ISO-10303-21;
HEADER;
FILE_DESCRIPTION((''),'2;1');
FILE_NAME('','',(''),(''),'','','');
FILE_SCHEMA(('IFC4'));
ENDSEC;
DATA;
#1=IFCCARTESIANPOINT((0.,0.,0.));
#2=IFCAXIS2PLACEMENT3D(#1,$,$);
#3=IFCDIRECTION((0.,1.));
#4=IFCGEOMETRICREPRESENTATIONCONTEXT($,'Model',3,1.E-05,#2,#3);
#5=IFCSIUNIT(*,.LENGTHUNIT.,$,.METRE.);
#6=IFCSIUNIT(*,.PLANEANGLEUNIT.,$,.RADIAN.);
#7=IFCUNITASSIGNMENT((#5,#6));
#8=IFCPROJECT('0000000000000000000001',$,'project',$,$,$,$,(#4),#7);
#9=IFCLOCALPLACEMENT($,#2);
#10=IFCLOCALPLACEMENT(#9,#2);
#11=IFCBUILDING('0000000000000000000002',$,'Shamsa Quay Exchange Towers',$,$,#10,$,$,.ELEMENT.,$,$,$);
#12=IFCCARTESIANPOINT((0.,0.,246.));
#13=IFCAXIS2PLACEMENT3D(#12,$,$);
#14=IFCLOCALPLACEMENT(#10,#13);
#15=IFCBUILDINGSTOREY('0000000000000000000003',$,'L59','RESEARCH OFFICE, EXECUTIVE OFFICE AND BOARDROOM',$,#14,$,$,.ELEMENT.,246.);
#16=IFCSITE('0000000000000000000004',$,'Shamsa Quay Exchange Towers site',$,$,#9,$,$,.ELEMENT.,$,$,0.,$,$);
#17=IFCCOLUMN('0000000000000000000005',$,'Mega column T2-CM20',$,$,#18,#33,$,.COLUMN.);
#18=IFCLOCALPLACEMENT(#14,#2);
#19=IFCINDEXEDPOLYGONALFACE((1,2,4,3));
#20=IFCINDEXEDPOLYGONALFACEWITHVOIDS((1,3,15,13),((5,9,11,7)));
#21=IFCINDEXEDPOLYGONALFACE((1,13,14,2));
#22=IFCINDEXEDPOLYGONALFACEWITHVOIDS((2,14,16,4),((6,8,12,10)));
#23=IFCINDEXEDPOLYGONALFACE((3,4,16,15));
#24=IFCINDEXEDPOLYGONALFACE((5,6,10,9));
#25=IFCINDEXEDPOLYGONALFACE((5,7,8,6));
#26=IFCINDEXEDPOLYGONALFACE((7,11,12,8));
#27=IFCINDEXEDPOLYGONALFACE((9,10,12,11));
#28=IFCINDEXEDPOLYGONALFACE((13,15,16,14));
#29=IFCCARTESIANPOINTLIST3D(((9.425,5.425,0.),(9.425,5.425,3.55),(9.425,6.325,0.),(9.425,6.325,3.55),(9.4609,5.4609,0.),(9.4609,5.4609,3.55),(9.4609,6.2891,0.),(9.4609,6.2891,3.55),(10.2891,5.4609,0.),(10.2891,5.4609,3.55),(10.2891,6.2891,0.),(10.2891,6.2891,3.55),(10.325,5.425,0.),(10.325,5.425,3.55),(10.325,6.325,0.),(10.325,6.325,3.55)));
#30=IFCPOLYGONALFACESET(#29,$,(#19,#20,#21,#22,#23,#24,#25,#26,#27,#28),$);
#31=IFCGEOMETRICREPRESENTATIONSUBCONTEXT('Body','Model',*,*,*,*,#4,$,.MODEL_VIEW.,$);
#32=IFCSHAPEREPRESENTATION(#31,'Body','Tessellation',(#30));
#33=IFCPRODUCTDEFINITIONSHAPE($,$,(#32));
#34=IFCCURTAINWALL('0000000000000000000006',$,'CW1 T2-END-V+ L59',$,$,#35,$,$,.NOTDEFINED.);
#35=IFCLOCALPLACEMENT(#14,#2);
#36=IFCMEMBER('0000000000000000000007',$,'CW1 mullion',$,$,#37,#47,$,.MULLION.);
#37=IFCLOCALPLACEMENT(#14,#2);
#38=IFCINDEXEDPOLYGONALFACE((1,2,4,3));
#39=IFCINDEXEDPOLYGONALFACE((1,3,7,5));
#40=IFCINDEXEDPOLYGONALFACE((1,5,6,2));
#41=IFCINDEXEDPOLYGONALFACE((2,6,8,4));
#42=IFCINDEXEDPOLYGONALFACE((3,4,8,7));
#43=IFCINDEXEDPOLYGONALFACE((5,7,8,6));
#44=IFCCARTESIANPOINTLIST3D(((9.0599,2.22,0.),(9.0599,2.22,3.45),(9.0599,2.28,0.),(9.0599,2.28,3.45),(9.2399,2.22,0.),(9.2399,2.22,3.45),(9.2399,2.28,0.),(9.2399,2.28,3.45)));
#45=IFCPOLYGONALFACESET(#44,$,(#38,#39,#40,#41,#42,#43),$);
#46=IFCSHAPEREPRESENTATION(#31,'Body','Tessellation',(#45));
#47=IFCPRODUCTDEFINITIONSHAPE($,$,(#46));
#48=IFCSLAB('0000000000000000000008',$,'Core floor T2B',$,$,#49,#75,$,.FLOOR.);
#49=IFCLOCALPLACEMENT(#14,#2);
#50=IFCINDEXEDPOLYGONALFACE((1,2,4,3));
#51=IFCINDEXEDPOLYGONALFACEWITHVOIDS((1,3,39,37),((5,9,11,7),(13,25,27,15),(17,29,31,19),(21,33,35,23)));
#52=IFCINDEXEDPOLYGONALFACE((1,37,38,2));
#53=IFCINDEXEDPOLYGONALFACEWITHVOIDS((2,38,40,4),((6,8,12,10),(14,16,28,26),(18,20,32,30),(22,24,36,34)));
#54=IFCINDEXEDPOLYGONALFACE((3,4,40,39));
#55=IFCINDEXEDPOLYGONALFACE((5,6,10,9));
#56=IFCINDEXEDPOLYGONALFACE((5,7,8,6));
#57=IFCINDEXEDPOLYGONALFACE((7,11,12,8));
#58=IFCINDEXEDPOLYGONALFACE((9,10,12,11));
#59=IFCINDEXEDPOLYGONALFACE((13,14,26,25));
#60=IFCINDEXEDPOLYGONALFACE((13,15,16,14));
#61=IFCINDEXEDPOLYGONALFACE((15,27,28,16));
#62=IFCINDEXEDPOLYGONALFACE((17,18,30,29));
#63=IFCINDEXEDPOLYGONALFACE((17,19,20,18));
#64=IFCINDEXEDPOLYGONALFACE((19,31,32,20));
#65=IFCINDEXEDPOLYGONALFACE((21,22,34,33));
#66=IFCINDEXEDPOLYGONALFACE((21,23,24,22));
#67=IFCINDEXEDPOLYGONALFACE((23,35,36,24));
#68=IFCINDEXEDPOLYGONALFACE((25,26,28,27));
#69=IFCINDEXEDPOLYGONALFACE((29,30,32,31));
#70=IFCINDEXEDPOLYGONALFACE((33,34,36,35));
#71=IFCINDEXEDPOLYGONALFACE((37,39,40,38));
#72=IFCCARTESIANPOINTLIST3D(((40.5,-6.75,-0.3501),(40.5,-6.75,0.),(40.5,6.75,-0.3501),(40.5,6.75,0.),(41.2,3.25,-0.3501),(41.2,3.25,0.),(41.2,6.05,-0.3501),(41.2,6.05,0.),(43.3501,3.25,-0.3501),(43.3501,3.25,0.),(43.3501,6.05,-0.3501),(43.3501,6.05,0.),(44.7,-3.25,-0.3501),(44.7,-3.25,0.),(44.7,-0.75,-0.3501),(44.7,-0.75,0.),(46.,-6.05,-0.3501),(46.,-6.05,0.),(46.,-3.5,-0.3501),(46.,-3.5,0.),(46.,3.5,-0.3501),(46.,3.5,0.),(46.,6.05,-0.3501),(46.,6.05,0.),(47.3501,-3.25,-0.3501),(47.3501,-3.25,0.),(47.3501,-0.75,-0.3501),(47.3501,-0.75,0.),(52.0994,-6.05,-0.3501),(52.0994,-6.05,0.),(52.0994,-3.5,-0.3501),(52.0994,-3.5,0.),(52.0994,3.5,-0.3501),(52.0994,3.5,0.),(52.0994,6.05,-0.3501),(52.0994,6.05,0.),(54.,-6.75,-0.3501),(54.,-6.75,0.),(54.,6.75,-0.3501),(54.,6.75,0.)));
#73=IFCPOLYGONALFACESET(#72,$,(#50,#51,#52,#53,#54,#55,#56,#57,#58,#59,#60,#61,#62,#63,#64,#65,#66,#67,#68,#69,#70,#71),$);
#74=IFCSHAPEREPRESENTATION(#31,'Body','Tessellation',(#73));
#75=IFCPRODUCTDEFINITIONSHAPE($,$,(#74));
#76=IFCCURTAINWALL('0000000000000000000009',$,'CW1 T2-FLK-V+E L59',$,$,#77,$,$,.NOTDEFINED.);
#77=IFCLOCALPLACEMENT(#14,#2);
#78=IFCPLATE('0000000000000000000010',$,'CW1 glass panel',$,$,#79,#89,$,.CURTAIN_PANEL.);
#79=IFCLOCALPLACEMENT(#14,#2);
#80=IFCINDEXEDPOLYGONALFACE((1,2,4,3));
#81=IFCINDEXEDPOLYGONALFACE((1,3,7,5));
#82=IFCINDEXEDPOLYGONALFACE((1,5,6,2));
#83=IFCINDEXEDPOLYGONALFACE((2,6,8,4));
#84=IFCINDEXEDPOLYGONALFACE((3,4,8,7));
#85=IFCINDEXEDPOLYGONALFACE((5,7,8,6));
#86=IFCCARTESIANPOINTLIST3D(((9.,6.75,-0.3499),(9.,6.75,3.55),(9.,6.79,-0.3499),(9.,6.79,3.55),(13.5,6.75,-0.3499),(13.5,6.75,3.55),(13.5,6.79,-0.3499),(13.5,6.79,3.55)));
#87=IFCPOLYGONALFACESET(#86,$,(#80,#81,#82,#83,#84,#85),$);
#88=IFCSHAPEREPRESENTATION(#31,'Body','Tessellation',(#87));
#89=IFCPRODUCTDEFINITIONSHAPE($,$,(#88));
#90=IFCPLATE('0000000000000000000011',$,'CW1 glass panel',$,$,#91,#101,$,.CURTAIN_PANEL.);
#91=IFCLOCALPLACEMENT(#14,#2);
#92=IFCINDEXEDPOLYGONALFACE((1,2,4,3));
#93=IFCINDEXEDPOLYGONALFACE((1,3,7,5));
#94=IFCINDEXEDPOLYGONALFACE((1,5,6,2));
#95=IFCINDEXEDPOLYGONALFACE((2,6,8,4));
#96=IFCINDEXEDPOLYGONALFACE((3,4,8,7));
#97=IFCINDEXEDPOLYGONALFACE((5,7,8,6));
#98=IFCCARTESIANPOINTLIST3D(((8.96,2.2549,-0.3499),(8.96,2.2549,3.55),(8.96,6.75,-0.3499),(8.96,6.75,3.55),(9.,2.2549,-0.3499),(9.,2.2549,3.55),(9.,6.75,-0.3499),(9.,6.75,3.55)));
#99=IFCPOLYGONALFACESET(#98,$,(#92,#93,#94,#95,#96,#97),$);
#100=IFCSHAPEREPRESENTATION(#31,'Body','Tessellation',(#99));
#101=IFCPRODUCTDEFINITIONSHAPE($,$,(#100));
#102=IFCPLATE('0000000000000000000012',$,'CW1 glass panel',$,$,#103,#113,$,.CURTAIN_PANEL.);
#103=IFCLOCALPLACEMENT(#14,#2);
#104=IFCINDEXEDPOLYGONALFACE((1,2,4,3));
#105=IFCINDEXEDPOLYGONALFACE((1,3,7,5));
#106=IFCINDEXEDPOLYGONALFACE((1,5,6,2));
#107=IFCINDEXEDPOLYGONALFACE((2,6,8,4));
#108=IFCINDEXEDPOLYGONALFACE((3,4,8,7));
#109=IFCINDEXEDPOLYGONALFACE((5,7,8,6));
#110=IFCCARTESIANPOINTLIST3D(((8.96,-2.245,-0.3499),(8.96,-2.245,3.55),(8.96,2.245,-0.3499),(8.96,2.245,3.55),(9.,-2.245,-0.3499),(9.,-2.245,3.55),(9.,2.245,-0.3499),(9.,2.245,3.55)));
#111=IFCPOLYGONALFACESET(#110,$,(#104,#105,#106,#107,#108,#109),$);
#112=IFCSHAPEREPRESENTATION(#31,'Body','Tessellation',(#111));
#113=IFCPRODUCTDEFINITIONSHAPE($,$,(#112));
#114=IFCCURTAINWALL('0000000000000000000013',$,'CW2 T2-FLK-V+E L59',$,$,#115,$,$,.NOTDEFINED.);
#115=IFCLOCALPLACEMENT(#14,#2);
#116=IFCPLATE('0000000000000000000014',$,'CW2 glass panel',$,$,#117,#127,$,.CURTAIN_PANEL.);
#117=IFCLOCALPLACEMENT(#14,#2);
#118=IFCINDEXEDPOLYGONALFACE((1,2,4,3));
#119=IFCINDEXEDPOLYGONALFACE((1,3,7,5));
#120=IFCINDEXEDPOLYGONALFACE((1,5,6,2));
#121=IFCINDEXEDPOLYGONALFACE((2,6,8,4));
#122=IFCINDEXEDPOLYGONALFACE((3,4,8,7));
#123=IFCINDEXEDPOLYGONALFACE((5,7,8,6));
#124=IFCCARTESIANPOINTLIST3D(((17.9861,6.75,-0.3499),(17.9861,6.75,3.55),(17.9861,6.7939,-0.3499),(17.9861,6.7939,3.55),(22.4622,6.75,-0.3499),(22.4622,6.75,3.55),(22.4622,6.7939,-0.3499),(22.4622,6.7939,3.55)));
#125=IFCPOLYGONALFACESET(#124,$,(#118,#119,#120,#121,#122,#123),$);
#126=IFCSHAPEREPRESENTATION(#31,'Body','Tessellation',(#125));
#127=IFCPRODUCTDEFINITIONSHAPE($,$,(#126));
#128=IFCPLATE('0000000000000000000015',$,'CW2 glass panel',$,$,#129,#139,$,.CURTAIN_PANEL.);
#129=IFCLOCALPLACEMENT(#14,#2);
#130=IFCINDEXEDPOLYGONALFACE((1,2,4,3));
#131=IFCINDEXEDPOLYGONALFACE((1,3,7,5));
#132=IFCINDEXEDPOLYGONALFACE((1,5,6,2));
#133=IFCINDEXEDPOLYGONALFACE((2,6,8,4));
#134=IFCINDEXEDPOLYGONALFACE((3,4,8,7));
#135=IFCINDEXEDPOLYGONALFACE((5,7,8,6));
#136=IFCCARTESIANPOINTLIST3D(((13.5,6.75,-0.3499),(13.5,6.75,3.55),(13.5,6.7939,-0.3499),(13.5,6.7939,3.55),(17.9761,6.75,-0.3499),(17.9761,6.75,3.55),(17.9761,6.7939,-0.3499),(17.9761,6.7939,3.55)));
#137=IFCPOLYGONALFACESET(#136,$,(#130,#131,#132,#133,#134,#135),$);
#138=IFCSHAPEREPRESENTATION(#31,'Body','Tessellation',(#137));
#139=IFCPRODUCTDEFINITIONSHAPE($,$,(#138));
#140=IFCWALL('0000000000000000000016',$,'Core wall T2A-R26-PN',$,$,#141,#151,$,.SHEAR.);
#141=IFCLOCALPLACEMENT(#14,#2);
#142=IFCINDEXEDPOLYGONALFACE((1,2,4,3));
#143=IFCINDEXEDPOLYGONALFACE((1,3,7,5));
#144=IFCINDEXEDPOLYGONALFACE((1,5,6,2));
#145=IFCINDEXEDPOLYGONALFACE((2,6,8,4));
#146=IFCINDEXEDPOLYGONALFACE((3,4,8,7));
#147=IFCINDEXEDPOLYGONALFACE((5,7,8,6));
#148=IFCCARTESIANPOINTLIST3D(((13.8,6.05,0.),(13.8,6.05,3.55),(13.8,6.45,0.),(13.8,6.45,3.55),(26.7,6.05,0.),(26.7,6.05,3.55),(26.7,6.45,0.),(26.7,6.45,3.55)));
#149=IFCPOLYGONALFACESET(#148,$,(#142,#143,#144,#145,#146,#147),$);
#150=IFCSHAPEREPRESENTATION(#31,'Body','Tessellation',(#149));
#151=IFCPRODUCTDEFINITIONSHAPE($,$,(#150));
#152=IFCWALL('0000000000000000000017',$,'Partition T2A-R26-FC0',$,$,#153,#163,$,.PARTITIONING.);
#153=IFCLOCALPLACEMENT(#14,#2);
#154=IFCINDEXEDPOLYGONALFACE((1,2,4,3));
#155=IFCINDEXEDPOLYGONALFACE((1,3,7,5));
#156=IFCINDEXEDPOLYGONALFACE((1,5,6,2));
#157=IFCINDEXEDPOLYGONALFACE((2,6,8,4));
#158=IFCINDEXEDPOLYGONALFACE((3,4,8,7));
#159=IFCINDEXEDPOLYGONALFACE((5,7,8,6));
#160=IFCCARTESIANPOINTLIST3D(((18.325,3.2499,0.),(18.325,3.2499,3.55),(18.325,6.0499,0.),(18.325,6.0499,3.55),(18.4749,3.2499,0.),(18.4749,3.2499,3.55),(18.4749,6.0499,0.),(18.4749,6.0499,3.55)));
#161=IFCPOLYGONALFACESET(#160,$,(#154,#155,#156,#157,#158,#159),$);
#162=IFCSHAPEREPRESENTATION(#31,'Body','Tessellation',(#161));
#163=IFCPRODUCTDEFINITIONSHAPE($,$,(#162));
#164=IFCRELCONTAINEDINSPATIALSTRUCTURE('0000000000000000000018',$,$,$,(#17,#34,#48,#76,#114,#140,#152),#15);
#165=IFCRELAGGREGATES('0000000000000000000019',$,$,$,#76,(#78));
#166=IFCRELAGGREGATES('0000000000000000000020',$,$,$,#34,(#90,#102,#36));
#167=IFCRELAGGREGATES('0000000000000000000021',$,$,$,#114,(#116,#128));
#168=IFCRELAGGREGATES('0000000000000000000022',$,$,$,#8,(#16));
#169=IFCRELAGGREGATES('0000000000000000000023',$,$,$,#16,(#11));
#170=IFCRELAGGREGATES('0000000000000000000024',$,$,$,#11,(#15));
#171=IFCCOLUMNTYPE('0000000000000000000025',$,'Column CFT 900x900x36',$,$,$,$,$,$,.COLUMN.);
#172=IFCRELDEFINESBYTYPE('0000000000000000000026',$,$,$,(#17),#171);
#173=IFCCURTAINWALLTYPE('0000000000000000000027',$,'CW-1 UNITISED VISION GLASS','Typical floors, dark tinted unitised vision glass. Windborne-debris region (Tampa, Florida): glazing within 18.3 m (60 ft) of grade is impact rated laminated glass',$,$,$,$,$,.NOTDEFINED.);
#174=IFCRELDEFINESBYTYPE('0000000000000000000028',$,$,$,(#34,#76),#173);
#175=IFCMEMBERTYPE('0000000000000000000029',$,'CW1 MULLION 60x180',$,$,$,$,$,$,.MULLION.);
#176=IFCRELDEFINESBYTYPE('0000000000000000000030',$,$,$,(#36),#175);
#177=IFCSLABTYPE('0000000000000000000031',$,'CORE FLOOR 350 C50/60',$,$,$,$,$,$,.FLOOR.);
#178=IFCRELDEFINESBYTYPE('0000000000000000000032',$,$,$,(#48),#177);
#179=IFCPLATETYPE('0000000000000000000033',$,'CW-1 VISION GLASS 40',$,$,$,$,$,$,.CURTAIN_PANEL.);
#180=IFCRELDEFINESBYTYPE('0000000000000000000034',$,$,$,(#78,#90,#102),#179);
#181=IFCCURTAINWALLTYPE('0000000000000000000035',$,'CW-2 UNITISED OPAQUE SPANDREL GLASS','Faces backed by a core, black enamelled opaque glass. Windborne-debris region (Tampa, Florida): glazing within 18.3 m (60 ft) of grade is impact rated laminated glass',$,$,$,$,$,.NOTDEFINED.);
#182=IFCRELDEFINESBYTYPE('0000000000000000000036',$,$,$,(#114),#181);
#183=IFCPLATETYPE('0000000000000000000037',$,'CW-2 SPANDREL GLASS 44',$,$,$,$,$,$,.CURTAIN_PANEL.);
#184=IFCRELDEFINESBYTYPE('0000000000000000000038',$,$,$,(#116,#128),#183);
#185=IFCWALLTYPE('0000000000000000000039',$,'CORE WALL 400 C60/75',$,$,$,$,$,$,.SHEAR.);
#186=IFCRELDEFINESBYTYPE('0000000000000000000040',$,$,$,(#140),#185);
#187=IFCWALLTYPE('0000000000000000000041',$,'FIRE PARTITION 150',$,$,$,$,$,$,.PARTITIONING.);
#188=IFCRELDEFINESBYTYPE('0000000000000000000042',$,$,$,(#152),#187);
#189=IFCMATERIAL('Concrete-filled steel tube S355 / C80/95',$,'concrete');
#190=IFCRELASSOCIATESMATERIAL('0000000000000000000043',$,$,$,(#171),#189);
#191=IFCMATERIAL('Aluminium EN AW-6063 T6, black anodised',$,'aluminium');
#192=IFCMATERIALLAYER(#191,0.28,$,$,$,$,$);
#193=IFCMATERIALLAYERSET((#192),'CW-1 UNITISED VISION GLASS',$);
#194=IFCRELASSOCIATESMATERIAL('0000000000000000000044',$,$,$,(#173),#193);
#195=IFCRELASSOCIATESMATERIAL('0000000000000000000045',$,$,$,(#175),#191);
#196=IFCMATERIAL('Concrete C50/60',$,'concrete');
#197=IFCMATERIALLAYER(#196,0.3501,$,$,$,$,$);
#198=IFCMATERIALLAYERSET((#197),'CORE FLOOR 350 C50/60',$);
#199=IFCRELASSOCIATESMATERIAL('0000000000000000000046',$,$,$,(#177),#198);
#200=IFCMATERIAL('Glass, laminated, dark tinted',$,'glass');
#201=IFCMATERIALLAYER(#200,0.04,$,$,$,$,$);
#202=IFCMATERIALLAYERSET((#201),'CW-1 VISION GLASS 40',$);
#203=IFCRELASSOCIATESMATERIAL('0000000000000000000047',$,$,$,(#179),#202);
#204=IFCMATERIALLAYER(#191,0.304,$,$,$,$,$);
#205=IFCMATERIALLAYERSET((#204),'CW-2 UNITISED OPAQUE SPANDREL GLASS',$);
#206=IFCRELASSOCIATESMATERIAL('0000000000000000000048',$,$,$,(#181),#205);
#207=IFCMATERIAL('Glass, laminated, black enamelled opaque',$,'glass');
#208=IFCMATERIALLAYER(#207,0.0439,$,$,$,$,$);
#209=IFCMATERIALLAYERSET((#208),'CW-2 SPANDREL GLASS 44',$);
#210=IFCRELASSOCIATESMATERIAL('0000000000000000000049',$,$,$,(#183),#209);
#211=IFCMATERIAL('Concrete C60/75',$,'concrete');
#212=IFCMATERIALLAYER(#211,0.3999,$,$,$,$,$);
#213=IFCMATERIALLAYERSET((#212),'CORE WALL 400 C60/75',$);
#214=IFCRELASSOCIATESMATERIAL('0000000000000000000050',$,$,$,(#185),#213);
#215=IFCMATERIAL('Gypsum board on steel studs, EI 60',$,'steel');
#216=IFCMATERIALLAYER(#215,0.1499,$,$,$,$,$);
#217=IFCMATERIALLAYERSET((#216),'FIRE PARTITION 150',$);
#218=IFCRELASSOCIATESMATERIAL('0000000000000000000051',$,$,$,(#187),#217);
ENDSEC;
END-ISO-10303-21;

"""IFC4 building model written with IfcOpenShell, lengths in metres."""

from ifc_helpers import new_model, si_unit, direction, frame, frame_2d, origin, origin_2d, place, context, subcontext, project, spatial, polyline, rectangle, hollow_rectangle, outline, extrude, material, layer, layer_set, material_profile, profile_set, type_object, element, aggregate, save


model = new_model("IFC4")

# Units and contexts
model_context = context("Model", 3, precision=1e-05, world=origin(), true_north=direction((0.0, 1.0)))
body_context = subcontext(model_context, "Body", "Model", "MODEL_VIEW")
ifc_project = project(units=[si_unit("LENGTHUNIT", "METRE"), si_unit("PLANEANGLEUNIT", "RADIAN")], contexts=[model_context])

# Site, building, storey
site_placement = place(None, origin())
site = spatial("IfcSite", under=ifc_project, at=site_placement, Name="Shamsa Quay Exchange Towers site", CompositionType="ELEMENT", RefElevation=0.0)
building_placement = place(site_placement, origin())
building = spatial("IfcBuilding", under=site, at=building_placement, Name="Shamsa Quay Exchange Towers", CompositionType="ELEMENT")
storey_placement = place(building_placement, frame((0.0, 0.0, 246.0)))
storey = spatial("IfcBuildingStorey", under=building, at=storey_placement, Name="L59", Description="RESEARCH OFFICE, EXECUTIVE OFFICE AND BOARDROOM", CompositionType="ELEMENT", Elevation=246.0)

# Column
ifc_material_1 = material(Name="Concrete-filled steel tube S355 / C80/95", Category="concrete")
ifc_material_profile_1 = material_profile(ifc_material_1, hollow_rectangle(XDim=0.8999, YDim=0.8999, WallThickness=0.0359, at=origin_2d()), Name="CFT 900x900x36")
ifc_profile_set_1 = profile_set([ifc_material_profile_1], Name="Concrete-filled steel tube S355 / C80/95")
column_type = type_object("IfcColumnType", Name="Column CFT 900x900x36", PredefinedType="COLUMN", material=ifc_profile_set_1)
column_placement = place(storey_placement, frame((9.875, 5.875, 0.0)))
element("IfcColumn", 1, at=column_placement, inside=storey, type_object=column_type, Name="Mega column T2-CM20", PredefinedType="COLUMN", context=body_context, shape_type="SweptSolid", body=[
    extrude(hollow_rectangle(XDim=0.8999, YDim=0.8999, WallThickness=0.0359, at=origin_2d()), origin(), (0.0, 0.0, 1.0), 3.55),
])

# Curtain wall, member
ifc_material_2 = material(Name="Aluminium EN AW-6063 T6, black anodised", Category="aluminium")
ifc_layer_1 = layer(ifc_material_2, 0.28)
ifc_layer_set_1 = layer_set([ifc_layer_1], Name="CW-1 UNITISED VISION GLASS")
curtain_wall_type_1 = type_object("IfcCurtainWallType", Name="CW-1 UNITISED VISION GLASS", Description="Typical floors, dark tinted unitised vision glass. Windborne-debris region (Tampa, Florida): glazing within 18.3 m (60 ft) of grade is impact rated laminated glass", PredefinedType="NOTDEFINED", material=ifc_layer_set_1)
curtain_wall_1_placement = place(storey_placement, origin())
curtain_wall_1 = element("IfcCurtainWall", 2, at=curtain_wall_1_placement, inside=storey, type_object=curtain_wall_type_1, Name="CW1 T2-END-V+ L59", PredefinedType="NOTDEFINED")
ifc_material_profile_2 = material_profile(ifc_material_2, rectangle(XDim=0.1799, YDim=0.0601, at=origin_2d()), Name="MU60x180")
ifc_profile_set_2 = profile_set([ifc_material_profile_2], Name="Aluminium EN AW-6063 T6, black anodised")
member_type = type_object("IfcMemberType", Name="CW1 MULLION 60x180", PredefinedType="MULLION", material=ifc_profile_set_2)
member_placement = place(storey_placement, frame((9.1499, 2.25, 0.0)))
member = element("IfcMember", 3, at=member_placement, type_object=member_type, Name="CW1 mullion", PredefinedType="MULLION", context=body_context, shape_type="SweptSolid", body=[
    extrude(rectangle(XDim=0.1799, YDim=0.0601, at=origin_2d()), origin(), (0.0, 0.0, 1.0), 3.45),
])

# Slab
ifc_material_3 = material(Name="Concrete C50/60", Category="concrete")
ifc_layer_2 = layer(ifc_material_3, 0.3501)
ifc_layer_set_2 = layer_set([ifc_layer_2], Name="CORE FLOOR 350 C50/60")
slab_type = type_object("IfcSlabType", Name="CORE FLOOR 350 C50/60", PredefinedType="FLOOR", material=ifc_layer_set_2)
slab_placement = place(storey_placement, frame((0.0, 0.0, -0.3501)))
element("IfcSlab", 4, at=slab_placement, inside=storey, type_object=slab_type, Name="Core floor T2B", PredefinedType="FLOOR", context=body_context, shape_type="SweptSolid", body=[
    extrude(outline(polyline([(54.0, -6.75), (54.0, 6.75), (40.5, 6.75), (40.5, -6.75), (54.0, -6.75)]), holes=[polyline([(52.0994, -3.5), (52.0994, -6.05), (46.0, -6.05), (46.0, -3.5), (52.0994, -3.5)]), polyline([(52.0994, 6.05), (52.0994, 3.5), (46.0, 3.5), (46.0, 6.05), (52.0994, 6.05)]), polyline([(43.3501, 3.25), (41.2, 3.25), (41.2, 6.05), (43.3501, 6.05), (43.3501, 3.25)]), polyline([(47.3501, -3.25), (44.7, -3.25), (44.7, -0.75), (47.3501, -0.75), (47.3501, -3.25)])]), origin(), (0.0, 0.0, 1.0), 0.3501),
])

# Curtain wall, plate
curtain_wall_2_placement = place(storey_placement, origin())
curtain_wall_2 = element("IfcCurtainWall", 5, at=curtain_wall_2_placement, inside=storey, type_object=curtain_wall_type_1, Name="CW1 T2-FLK-V+E L59", PredefinedType="NOTDEFINED")
ifc_material_4 = material(Name="Glass, laminated, dark tinted", Category="glass")
ifc_layer_3 = layer(ifc_material_4, 0.04)
ifc_layer_set_3 = layer_set([ifc_layer_3], Name="CW-1 VISION GLASS 40")
plate_type_1 = type_object("IfcPlateType", Name="CW-1 VISION GLASS 40", PredefinedType="CURTAIN_PANEL", material=ifc_layer_set_3)
plate_1_placement = place(storey_placement, frame((11.25, 6.77, -0.3499), z_axis=(0.0, 0.0, 1.0), x_axis=(-1.0, 0.0, 0.0)))
plate_1 = element("IfcPlate", 6, at=plate_1_placement, type_object=plate_type_1, Name="CW1 glass panel", PredefinedType="CURTAIN_PANEL", context=body_context, shape_type="SweptSolid", body=[
    extrude(rectangle(XDim=4.5, YDim=0.04, at=origin_2d()), origin(), (0.0, 0.0, 1.0), 3.8999),
])
aggregate(curtain_wall_2, [plate_1])

# Plates
plate_2_placement = place(storey_placement, frame((8.98, 4.5024, -0.3499), z_axis=(0.0, 0.0, 1.0), x_axis=(0.0, -1.0, 0.0)))
plate_2 = element("IfcPlate", 7, at=plate_2_placement, type_object=plate_type_1, Name="CW1 glass panel", PredefinedType="CURTAIN_PANEL", context=body_context, shape_type="SweptSolid", body=[
    extrude(rectangle(XDim=4.4951, YDim=0.04, at=origin_2d()), origin(), (0.0, 0.0, 1.0), 3.8999),
])
plate_3_placement = place(storey_placement, frame((8.98, 0.0, -0.3499), z_axis=(0.0, 0.0, 1.0), x_axis=(0.0, -1.0, 0.0)))
plate_3 = element("IfcPlate", 8, at=plate_3_placement, type_object=plate_type_1, Name="CW1 glass panel", PredefinedType="CURTAIN_PANEL", context=body_context, shape_type="SweptSolid", body=[
    extrude(rectangle(XDim=4.49, YDim=0.04, at=origin_2d()), origin(), (0.0, 0.0, 1.0), 3.8999),
])
aggregate(curtain_wall_1, [plate_2, plate_3, member])

# Curtain wall, plates
ifc_layer_4 = layer(ifc_material_2, 0.304)
ifc_layer_set_4 = layer_set([ifc_layer_4], Name="CW-2 UNITISED OPAQUE SPANDREL GLASS")
curtain_wall_type_2 = type_object("IfcCurtainWallType", Name="CW-2 UNITISED OPAQUE SPANDREL GLASS", Description="Faces backed by a core, black enamelled opaque glass. Windborne-debris region (Tampa, Florida): glazing within 18.3 m (60 ft) of grade is impact rated laminated glass", PredefinedType="NOTDEFINED", material=ifc_layer_set_4)
curtain_wall_3_placement = place(storey_placement, origin())
curtain_wall_3 = element("IfcCurtainWall", 9, at=curtain_wall_3_placement, inside=storey, type_object=curtain_wall_type_2, Name="CW2 T2-FLK-V+E L59", PredefinedType="NOTDEFINED")
ifc_material_5 = material(Name="Glass, laminated, black enamelled opaque", Category="glass")
ifc_layer_5 = layer(ifc_material_5, 0.0439)
ifc_layer_set_5 = layer_set([ifc_layer_5], Name="CW-2 SPANDREL GLASS 44")
plate_type_2 = type_object("IfcPlateType", Name="CW-2 SPANDREL GLASS 44", PredefinedType="CURTAIN_PANEL", material=ifc_layer_set_5)
plate_4_placement = place(storey_placement, frame((20.2241, 6.772, -0.3499), z_axis=(0.0, 0.0, 1.0), x_axis=(-1.0, 0.0, 0.0)))
plate_4 = element("IfcPlate", 10, at=plate_4_placement, type_object=plate_type_2, Name="CW2 glass panel", PredefinedType="CURTAIN_PANEL", context=body_context, shape_type="SweptSolid", body=[
    extrude(rectangle(XDim=4.4761, YDim=0.0439, at=origin_2d()), origin(), (0.0, 0.0, 1.0), 3.8999),
])
plate_5_placement = place(storey_placement, frame((15.738, 6.772, -0.3499), z_axis=(0.0, 0.0, 1.0), x_axis=(-1.0, 0.0, 0.0)))
plate_5 = element("IfcPlate", 11, at=plate_5_placement, type_object=plate_type_2, Name="CW2 glass panel", PredefinedType="CURTAIN_PANEL", context=body_context, shape_type="SweptSolid", body=[
    extrude(rectangle(XDim=4.4761, YDim=0.0439, at=origin_2d()), origin(), (0.0, 0.0, 1.0), 3.8999),
])
aggregate(curtain_wall_3, [plate_4, plate_5])

# Wall
ifc_material_6 = material(Name="Concrete C60/75", Category="concrete")
ifc_layer_6 = layer(ifc_material_6, 0.3999)
ifc_layer_set_6 = layer_set([ifc_layer_6], Name="CORE WALL 400 C60/75")
wall_type_1 = type_object("IfcWallType", Name="CORE WALL 400 C60/75", PredefinedType="SHEAR", material=ifc_layer_set_6)
wall_1_placement = place(storey_placement, frame((13.8, 6.25, 0.0)))
element("IfcWall", 12, at=wall_1_placement, inside=storey, type_object=wall_type_1, Name="Core wall T2A-R26-PN", PredefinedType="SHEAR", context=body_context, shape_type="SweptSolid", body=[
    extrude(rectangle(XDim=12.8999, YDim=0.3999, at=frame_2d((6.45, 0.0))), origin(), (0.0, 0.0, 1.0), 3.55),
])

# Wall
ifc_material_7 = material(Name="Gypsum board on steel studs, EI 60", Category="steel")
ifc_layer_7 = layer(ifc_material_7, 0.1499)
ifc_layer_set_7 = layer_set([ifc_layer_7], Name="FIRE PARTITION 150")
wall_type_2 = type_object("IfcWallType", Name="FIRE PARTITION 150", PredefinedType="PARTITIONING", material=ifc_layer_set_7)
wall_2_placement = place(storey_placement, frame((18.3999, 3.25, 0.0), z_axis=(0.0, 0.0, 1.0), x_axis=(0.0, 1.0, 0.0)))
element("IfcWall", 13, at=wall_2_placement, inside=storey, type_object=wall_type_2, Name="Partition T2A-R26-FC0", PredefinedType="PARTITIONING", context=body_context, shape_type="SweptSolid", body=[
    extrude(rectangle(XDim=2.8, YDim=0.1499, at=frame_2d((1.3999, 0.0))), origin(), (0.0, 0.0, 1.0), 3.55),
])

save(model, "model.ifc")
